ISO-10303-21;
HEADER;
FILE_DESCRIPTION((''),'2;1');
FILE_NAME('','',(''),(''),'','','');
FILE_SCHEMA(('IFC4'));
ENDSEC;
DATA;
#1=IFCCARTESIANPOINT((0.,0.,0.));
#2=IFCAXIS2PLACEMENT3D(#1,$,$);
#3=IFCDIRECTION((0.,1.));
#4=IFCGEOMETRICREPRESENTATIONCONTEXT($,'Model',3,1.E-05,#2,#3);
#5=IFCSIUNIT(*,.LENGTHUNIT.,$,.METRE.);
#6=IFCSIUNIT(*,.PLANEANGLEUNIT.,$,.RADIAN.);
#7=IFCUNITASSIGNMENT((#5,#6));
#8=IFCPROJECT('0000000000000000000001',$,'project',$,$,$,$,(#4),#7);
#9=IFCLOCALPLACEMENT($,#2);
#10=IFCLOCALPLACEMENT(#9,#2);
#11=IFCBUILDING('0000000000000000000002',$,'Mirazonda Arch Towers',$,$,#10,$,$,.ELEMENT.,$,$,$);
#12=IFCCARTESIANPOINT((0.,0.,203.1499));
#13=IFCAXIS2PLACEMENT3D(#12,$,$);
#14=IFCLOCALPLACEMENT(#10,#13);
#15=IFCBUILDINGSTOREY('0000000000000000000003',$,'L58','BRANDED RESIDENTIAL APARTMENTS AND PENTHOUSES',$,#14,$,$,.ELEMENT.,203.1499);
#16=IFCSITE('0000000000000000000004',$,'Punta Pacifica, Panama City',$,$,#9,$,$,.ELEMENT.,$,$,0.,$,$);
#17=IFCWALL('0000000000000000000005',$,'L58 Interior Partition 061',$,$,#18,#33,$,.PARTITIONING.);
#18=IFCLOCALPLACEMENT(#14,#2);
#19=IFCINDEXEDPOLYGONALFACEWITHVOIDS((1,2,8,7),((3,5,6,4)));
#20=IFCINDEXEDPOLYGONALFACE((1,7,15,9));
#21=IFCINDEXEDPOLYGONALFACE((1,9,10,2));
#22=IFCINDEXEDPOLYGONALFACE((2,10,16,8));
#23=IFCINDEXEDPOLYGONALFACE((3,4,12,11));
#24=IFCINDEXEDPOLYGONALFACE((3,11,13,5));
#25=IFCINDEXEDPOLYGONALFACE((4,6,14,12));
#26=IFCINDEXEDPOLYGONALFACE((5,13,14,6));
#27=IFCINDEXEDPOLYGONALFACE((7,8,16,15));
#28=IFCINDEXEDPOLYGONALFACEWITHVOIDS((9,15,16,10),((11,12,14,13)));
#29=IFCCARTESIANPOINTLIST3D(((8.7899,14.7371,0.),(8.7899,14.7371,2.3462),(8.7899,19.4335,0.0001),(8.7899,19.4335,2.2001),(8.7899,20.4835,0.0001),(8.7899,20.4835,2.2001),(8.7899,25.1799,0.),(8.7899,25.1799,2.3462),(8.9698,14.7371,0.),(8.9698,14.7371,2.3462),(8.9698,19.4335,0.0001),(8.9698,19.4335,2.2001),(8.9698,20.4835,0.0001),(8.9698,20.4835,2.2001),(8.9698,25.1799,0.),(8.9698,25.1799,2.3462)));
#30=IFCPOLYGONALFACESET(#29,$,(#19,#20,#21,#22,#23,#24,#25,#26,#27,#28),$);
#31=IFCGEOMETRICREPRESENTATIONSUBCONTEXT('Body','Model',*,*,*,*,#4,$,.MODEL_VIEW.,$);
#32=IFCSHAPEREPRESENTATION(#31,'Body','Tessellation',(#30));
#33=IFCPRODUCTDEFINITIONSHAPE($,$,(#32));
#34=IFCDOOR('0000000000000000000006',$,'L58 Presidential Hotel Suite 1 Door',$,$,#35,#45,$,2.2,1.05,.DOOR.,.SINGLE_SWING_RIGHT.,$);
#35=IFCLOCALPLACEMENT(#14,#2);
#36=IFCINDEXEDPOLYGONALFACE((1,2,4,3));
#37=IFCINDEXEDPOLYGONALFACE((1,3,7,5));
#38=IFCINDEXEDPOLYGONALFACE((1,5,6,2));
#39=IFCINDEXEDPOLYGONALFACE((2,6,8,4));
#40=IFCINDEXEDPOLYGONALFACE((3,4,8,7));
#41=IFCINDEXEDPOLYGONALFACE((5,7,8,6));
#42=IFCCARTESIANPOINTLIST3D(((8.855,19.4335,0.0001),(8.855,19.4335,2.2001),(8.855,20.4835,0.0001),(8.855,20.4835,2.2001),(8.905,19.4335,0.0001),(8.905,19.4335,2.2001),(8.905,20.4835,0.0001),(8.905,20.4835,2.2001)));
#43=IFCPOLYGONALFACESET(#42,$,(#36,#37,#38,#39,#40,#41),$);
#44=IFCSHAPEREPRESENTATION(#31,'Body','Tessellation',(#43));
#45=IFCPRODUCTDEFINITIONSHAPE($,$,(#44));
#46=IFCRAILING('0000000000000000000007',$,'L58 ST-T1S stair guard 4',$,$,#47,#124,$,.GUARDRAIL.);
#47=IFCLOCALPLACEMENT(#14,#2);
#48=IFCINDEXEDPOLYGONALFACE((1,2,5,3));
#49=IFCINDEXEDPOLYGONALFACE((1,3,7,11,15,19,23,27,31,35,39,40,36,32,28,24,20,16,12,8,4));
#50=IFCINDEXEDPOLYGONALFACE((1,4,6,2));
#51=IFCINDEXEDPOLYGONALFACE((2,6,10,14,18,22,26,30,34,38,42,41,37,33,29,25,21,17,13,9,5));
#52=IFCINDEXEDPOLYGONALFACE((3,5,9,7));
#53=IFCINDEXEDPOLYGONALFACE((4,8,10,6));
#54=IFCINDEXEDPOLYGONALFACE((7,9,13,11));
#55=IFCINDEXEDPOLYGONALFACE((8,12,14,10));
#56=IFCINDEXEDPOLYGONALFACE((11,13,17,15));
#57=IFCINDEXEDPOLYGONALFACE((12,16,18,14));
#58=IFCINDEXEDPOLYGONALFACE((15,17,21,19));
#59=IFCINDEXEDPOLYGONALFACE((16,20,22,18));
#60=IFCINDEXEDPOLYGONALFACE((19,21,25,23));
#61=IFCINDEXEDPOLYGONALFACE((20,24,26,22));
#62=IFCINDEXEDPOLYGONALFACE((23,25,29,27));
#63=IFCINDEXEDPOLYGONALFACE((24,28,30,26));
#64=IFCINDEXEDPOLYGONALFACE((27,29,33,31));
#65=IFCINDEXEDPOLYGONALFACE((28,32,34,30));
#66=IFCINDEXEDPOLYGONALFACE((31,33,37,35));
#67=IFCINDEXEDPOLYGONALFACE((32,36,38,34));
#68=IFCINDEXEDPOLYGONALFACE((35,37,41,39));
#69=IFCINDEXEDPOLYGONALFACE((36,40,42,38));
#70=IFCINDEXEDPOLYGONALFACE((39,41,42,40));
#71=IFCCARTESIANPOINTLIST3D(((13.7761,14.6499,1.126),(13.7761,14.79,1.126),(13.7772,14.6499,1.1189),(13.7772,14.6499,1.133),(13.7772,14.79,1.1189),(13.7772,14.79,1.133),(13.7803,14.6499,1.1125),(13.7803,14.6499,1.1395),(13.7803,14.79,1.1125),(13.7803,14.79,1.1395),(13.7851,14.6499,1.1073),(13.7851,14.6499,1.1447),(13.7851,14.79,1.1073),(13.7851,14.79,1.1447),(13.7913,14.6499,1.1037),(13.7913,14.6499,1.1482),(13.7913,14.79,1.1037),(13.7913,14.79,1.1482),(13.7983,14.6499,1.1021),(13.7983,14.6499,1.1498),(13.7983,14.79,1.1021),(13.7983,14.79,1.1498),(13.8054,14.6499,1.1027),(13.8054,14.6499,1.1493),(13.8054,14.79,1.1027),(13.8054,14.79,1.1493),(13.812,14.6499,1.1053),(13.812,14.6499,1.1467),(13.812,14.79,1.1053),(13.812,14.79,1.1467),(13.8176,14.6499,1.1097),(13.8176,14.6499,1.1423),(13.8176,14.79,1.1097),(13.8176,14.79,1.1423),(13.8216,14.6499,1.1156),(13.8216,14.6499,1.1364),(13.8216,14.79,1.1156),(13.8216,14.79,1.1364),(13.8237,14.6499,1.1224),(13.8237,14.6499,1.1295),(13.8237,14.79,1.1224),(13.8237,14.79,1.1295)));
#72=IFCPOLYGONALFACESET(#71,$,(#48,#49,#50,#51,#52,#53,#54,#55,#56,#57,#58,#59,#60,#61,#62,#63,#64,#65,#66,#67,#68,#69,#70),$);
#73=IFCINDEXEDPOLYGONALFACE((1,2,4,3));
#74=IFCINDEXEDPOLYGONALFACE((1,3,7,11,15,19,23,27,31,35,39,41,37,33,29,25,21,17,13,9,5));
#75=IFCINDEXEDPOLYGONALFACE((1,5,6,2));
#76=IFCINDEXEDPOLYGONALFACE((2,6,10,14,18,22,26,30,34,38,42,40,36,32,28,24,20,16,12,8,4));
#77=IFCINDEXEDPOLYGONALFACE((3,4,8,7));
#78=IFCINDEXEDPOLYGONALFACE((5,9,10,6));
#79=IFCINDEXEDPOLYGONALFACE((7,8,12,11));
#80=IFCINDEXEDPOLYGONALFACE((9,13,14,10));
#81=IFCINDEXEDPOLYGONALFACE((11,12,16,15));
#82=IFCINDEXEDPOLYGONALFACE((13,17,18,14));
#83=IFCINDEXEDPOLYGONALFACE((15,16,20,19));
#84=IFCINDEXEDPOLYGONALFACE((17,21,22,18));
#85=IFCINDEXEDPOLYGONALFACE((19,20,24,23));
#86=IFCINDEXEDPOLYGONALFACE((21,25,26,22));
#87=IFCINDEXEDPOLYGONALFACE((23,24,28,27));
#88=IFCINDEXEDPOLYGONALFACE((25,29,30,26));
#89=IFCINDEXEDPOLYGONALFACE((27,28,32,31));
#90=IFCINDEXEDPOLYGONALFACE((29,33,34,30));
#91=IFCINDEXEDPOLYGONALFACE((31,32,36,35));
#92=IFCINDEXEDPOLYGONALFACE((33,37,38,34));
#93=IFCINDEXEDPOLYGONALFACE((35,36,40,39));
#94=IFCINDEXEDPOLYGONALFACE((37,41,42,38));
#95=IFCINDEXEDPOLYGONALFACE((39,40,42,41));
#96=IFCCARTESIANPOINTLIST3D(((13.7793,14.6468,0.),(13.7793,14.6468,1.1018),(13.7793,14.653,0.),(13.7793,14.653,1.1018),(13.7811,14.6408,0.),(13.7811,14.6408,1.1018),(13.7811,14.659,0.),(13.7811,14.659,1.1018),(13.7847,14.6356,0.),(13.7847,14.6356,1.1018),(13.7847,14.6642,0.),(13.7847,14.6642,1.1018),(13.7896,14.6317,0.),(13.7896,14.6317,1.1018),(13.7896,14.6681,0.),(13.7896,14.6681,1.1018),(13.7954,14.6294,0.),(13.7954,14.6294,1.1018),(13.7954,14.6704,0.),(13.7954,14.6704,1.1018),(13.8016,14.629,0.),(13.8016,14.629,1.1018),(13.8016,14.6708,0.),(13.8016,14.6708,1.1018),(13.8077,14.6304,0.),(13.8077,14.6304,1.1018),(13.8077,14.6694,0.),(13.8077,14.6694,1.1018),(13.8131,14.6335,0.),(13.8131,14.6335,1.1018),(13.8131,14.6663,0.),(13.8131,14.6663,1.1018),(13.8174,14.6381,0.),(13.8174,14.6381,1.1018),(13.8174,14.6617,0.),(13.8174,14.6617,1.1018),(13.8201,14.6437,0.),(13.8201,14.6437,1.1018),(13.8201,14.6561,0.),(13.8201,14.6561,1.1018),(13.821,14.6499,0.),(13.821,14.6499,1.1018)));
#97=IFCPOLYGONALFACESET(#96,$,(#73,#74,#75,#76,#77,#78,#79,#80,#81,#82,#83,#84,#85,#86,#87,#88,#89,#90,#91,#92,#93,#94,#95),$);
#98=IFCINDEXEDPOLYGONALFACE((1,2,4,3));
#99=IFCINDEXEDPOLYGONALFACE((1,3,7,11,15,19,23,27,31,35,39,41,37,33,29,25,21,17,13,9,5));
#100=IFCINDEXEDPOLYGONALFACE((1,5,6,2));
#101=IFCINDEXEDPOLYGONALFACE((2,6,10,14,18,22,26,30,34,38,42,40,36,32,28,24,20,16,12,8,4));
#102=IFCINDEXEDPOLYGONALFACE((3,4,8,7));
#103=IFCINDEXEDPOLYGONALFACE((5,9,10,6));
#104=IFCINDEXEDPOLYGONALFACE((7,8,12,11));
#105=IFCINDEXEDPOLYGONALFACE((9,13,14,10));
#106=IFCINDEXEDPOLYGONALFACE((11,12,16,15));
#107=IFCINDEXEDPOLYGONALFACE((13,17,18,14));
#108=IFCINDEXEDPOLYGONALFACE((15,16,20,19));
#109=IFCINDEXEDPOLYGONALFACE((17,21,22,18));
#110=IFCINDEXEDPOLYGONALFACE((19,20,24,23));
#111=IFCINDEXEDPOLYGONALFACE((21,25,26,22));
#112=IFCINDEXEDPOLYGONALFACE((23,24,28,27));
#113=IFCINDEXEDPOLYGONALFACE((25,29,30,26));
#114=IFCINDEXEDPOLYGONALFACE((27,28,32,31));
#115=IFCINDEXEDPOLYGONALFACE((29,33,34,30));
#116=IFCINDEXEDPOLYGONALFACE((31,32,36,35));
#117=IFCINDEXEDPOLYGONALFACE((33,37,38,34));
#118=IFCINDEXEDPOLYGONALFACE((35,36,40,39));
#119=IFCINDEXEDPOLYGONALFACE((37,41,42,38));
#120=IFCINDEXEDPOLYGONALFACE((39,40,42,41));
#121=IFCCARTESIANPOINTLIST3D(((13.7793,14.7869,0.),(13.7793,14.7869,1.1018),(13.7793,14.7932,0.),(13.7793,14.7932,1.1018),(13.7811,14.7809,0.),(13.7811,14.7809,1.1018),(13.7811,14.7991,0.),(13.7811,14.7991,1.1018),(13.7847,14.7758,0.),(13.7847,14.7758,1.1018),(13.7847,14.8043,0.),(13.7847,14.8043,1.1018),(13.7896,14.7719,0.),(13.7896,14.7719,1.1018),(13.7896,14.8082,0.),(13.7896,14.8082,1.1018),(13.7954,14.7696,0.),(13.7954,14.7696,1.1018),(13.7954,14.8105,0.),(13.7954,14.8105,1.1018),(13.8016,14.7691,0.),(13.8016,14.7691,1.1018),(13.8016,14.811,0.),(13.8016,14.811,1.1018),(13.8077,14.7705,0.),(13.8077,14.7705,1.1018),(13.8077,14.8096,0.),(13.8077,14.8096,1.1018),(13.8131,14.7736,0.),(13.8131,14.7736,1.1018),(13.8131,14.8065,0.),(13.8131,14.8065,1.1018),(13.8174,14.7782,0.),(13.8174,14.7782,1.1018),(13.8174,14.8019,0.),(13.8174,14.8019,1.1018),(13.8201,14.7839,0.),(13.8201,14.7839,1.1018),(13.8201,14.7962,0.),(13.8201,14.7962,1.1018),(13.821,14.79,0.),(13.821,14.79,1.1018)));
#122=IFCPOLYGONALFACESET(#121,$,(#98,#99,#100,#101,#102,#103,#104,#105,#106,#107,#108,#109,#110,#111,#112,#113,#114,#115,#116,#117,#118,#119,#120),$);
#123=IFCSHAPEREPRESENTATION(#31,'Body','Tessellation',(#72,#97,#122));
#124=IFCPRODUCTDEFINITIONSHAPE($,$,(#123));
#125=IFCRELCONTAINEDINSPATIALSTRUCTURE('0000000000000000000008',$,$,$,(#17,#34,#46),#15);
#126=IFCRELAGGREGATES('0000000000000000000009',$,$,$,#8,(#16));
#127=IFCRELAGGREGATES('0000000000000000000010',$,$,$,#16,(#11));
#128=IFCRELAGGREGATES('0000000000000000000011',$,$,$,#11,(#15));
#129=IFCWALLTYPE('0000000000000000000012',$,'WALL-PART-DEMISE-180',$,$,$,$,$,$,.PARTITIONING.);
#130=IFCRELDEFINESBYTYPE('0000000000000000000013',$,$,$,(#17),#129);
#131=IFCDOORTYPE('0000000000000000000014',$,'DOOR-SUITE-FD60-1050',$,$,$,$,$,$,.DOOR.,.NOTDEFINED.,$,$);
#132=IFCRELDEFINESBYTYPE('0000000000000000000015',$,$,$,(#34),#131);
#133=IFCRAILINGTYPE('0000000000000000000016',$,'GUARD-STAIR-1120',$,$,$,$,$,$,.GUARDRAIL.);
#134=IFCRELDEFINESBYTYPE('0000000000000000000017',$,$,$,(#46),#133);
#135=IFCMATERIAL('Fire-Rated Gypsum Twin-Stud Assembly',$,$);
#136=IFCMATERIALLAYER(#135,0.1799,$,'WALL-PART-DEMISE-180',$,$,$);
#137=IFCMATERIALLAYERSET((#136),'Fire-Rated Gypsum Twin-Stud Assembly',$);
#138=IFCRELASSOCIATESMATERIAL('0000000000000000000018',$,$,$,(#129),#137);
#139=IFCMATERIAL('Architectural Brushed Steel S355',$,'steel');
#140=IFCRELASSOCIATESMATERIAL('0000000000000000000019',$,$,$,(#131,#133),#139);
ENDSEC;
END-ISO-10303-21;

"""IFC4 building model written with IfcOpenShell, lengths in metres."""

from ifc_helpers import new_model, si_unit, direction, frame, frame_2d, origin, origin_2d, place, context, subcontext, project, spatial, rectangle, circle, extrude, material, layer, layer_set, type_object, element, fill, save


model = new_model("IFC4")

# Units and contexts
model_context = context("Model", 3, precision=1e-05, world=origin(), true_north=direction((0.0, 1.0)))
body_context = subcontext(model_context, "Body", "Model", "MODEL_VIEW")
ifc_project = project(units=[si_unit("LENGTHUNIT", "METRE"), si_unit("PLANEANGLEUNIT", "RADIAN")], contexts=[model_context])

# Site, building, storey
site_placement = place(None, origin())
site = spatial("IfcSite", under=ifc_project, at=site_placement, Name="Punta Pacifica, Panama City", CompositionType="ELEMENT", RefElevation=0.0)
building_placement = place(site_placement, origin())
building = spatial("IfcBuilding", under=site, at=building_placement, Name="Mirazonda Arch Towers", CompositionType="ELEMENT")
storey_placement = place(building_placement, frame((0.0, 0.0, 203.1499)))
storey = spatial("IfcBuildingStorey", under=building, at=storey_placement, Name="L58", Description="BRANDED RESIDENTIAL APARTMENTS AND PENTHOUSES", CompositionType="ELEMENT", Elevation=203.1499)

# Shared definitions
ifc_material_1 = material(Name="Architectural Brushed Steel S355", Category="steel")

# Wall, opening, door
ifc_material_2 = material(Name="Fire-Rated Gypsum Twin-Stud Assembly")
ifc_layer_1 = layer(ifc_material_2, 0.1799, Name="WALL-PART-DEMISE-180")
ifc_layer_set_1 = layer_set([ifc_layer_1], Name="Fire-Rated Gypsum Twin-Stud Assembly")
wall_type_1 = type_object("IfcWallType", Name="WALL-PART-DEMISE-180", PredefinedType="PARTITIONING", material=ifc_layer_set_1)
wall_1_placement = place(storey_placement, frame((8.8799, 14.7371, 0.0), z_axis=(0.0, 0.0, 1.0), x_axis=(0.0, 1.0, 0.0)))
wall_1 = element("IfcWall", 1, at=wall_1_placement, inside=storey, type_object=wall_type_1, Name="L58 Interior Partition 061", PredefinedType="PARTITIONING", context=body_context, shape_type="SweptSolid", body=[
    extrude(rectangle(XDim=10.4429, YDim=0.1799, at=frame_2d((5.2214, 0.0))), origin(), (0.0, 0.0, 1.0), 2.3462),
])
opening_1_placement = place(wall_1_placement, frame((4.6965, 0.0, 0.0)))
opening_1 = element("IfcOpeningElement", 2, at=opening_1_placement, cuts=wall_1, PredefinedType="OPENING", context=body_context, shape_type="SweptSolid", body=[
    extrude(rectangle(XDim=1.05, YDim=2.2, at=frame_2d((0.5249, 1.1001))), frame((0.0, 0.0999, 0.0), z_axis=(0.0, -1.0, 0.0), x_axis=(1.0, 0.0, 0.0)), (0.0, 0.0, 1.0), 0.2),
])
door_type_1 = type_object("IfcDoorType", Name="DOOR-SUITE-FD60-1050", OperationType="NOTDEFINED", PredefinedType="DOOR", material=ifc_material_1)
door_1_placement = place(opening_1_placement, origin())
door_1 = element("IfcDoor", 3, at=door_1_placement, inside=storey, type_object=door_type_1, Name="L58 Presidential Hotel Suite 1 Door", OperationType="SINGLE_SWING_RIGHT", OverallHeight=2.2, OverallWidth=1.05, PredefinedType="DOOR", context=body_context, shape_type="SweptSolid", body=[
    extrude(rectangle(XDim=1.05, YDim=2.2, at=frame_2d((0.5249, 1.1001))), frame((0.0, 0.0249, 0.0), z_axis=(0.0, -1.0, 0.0), x_axis=(1.0, 0.0, 0.0)), (0.0, 0.0, 1.0), 0.05),
])
fill(opening_1, door_1)

# Railing
railing_type = type_object("IfcRailingType", Name="GUARD-STAIR-1120", PredefinedType="GUARDRAIL", material=ifc_material_1)
railing_placement = place(storey_placement, frame((13.8, 14.6499, 0.0)))
element("IfcRailing", 4, at=railing_placement, inside=storey, type_object=railing_type, Name="L58 ST-T1S stair guard 4", PredefinedType="GUARDRAIL", context=body_context, shape_type="SweptSolid", body=[
    extrude(circle(Radius=0.0239, at=origin_2d()), frame((0.0, 0.0, 1.126), z_axis=(0.0, 1.0, 0.0), x_axis=(-1.0, 0.0, 0.0)), (0.0, 0.0, 1.0), 0.1401),
    extrude(circle(Radius=0.021, at=origin_2d()), origin(), (0.0, 0.0, 1.0), 1.1018),
    extrude(circle(Radius=0.021, at=origin_2d()), frame((0.0, 0.1401, 0.0)), (0.0, 0.0, 1.0), 1.1018),
])

save(model, "model.ifc")
